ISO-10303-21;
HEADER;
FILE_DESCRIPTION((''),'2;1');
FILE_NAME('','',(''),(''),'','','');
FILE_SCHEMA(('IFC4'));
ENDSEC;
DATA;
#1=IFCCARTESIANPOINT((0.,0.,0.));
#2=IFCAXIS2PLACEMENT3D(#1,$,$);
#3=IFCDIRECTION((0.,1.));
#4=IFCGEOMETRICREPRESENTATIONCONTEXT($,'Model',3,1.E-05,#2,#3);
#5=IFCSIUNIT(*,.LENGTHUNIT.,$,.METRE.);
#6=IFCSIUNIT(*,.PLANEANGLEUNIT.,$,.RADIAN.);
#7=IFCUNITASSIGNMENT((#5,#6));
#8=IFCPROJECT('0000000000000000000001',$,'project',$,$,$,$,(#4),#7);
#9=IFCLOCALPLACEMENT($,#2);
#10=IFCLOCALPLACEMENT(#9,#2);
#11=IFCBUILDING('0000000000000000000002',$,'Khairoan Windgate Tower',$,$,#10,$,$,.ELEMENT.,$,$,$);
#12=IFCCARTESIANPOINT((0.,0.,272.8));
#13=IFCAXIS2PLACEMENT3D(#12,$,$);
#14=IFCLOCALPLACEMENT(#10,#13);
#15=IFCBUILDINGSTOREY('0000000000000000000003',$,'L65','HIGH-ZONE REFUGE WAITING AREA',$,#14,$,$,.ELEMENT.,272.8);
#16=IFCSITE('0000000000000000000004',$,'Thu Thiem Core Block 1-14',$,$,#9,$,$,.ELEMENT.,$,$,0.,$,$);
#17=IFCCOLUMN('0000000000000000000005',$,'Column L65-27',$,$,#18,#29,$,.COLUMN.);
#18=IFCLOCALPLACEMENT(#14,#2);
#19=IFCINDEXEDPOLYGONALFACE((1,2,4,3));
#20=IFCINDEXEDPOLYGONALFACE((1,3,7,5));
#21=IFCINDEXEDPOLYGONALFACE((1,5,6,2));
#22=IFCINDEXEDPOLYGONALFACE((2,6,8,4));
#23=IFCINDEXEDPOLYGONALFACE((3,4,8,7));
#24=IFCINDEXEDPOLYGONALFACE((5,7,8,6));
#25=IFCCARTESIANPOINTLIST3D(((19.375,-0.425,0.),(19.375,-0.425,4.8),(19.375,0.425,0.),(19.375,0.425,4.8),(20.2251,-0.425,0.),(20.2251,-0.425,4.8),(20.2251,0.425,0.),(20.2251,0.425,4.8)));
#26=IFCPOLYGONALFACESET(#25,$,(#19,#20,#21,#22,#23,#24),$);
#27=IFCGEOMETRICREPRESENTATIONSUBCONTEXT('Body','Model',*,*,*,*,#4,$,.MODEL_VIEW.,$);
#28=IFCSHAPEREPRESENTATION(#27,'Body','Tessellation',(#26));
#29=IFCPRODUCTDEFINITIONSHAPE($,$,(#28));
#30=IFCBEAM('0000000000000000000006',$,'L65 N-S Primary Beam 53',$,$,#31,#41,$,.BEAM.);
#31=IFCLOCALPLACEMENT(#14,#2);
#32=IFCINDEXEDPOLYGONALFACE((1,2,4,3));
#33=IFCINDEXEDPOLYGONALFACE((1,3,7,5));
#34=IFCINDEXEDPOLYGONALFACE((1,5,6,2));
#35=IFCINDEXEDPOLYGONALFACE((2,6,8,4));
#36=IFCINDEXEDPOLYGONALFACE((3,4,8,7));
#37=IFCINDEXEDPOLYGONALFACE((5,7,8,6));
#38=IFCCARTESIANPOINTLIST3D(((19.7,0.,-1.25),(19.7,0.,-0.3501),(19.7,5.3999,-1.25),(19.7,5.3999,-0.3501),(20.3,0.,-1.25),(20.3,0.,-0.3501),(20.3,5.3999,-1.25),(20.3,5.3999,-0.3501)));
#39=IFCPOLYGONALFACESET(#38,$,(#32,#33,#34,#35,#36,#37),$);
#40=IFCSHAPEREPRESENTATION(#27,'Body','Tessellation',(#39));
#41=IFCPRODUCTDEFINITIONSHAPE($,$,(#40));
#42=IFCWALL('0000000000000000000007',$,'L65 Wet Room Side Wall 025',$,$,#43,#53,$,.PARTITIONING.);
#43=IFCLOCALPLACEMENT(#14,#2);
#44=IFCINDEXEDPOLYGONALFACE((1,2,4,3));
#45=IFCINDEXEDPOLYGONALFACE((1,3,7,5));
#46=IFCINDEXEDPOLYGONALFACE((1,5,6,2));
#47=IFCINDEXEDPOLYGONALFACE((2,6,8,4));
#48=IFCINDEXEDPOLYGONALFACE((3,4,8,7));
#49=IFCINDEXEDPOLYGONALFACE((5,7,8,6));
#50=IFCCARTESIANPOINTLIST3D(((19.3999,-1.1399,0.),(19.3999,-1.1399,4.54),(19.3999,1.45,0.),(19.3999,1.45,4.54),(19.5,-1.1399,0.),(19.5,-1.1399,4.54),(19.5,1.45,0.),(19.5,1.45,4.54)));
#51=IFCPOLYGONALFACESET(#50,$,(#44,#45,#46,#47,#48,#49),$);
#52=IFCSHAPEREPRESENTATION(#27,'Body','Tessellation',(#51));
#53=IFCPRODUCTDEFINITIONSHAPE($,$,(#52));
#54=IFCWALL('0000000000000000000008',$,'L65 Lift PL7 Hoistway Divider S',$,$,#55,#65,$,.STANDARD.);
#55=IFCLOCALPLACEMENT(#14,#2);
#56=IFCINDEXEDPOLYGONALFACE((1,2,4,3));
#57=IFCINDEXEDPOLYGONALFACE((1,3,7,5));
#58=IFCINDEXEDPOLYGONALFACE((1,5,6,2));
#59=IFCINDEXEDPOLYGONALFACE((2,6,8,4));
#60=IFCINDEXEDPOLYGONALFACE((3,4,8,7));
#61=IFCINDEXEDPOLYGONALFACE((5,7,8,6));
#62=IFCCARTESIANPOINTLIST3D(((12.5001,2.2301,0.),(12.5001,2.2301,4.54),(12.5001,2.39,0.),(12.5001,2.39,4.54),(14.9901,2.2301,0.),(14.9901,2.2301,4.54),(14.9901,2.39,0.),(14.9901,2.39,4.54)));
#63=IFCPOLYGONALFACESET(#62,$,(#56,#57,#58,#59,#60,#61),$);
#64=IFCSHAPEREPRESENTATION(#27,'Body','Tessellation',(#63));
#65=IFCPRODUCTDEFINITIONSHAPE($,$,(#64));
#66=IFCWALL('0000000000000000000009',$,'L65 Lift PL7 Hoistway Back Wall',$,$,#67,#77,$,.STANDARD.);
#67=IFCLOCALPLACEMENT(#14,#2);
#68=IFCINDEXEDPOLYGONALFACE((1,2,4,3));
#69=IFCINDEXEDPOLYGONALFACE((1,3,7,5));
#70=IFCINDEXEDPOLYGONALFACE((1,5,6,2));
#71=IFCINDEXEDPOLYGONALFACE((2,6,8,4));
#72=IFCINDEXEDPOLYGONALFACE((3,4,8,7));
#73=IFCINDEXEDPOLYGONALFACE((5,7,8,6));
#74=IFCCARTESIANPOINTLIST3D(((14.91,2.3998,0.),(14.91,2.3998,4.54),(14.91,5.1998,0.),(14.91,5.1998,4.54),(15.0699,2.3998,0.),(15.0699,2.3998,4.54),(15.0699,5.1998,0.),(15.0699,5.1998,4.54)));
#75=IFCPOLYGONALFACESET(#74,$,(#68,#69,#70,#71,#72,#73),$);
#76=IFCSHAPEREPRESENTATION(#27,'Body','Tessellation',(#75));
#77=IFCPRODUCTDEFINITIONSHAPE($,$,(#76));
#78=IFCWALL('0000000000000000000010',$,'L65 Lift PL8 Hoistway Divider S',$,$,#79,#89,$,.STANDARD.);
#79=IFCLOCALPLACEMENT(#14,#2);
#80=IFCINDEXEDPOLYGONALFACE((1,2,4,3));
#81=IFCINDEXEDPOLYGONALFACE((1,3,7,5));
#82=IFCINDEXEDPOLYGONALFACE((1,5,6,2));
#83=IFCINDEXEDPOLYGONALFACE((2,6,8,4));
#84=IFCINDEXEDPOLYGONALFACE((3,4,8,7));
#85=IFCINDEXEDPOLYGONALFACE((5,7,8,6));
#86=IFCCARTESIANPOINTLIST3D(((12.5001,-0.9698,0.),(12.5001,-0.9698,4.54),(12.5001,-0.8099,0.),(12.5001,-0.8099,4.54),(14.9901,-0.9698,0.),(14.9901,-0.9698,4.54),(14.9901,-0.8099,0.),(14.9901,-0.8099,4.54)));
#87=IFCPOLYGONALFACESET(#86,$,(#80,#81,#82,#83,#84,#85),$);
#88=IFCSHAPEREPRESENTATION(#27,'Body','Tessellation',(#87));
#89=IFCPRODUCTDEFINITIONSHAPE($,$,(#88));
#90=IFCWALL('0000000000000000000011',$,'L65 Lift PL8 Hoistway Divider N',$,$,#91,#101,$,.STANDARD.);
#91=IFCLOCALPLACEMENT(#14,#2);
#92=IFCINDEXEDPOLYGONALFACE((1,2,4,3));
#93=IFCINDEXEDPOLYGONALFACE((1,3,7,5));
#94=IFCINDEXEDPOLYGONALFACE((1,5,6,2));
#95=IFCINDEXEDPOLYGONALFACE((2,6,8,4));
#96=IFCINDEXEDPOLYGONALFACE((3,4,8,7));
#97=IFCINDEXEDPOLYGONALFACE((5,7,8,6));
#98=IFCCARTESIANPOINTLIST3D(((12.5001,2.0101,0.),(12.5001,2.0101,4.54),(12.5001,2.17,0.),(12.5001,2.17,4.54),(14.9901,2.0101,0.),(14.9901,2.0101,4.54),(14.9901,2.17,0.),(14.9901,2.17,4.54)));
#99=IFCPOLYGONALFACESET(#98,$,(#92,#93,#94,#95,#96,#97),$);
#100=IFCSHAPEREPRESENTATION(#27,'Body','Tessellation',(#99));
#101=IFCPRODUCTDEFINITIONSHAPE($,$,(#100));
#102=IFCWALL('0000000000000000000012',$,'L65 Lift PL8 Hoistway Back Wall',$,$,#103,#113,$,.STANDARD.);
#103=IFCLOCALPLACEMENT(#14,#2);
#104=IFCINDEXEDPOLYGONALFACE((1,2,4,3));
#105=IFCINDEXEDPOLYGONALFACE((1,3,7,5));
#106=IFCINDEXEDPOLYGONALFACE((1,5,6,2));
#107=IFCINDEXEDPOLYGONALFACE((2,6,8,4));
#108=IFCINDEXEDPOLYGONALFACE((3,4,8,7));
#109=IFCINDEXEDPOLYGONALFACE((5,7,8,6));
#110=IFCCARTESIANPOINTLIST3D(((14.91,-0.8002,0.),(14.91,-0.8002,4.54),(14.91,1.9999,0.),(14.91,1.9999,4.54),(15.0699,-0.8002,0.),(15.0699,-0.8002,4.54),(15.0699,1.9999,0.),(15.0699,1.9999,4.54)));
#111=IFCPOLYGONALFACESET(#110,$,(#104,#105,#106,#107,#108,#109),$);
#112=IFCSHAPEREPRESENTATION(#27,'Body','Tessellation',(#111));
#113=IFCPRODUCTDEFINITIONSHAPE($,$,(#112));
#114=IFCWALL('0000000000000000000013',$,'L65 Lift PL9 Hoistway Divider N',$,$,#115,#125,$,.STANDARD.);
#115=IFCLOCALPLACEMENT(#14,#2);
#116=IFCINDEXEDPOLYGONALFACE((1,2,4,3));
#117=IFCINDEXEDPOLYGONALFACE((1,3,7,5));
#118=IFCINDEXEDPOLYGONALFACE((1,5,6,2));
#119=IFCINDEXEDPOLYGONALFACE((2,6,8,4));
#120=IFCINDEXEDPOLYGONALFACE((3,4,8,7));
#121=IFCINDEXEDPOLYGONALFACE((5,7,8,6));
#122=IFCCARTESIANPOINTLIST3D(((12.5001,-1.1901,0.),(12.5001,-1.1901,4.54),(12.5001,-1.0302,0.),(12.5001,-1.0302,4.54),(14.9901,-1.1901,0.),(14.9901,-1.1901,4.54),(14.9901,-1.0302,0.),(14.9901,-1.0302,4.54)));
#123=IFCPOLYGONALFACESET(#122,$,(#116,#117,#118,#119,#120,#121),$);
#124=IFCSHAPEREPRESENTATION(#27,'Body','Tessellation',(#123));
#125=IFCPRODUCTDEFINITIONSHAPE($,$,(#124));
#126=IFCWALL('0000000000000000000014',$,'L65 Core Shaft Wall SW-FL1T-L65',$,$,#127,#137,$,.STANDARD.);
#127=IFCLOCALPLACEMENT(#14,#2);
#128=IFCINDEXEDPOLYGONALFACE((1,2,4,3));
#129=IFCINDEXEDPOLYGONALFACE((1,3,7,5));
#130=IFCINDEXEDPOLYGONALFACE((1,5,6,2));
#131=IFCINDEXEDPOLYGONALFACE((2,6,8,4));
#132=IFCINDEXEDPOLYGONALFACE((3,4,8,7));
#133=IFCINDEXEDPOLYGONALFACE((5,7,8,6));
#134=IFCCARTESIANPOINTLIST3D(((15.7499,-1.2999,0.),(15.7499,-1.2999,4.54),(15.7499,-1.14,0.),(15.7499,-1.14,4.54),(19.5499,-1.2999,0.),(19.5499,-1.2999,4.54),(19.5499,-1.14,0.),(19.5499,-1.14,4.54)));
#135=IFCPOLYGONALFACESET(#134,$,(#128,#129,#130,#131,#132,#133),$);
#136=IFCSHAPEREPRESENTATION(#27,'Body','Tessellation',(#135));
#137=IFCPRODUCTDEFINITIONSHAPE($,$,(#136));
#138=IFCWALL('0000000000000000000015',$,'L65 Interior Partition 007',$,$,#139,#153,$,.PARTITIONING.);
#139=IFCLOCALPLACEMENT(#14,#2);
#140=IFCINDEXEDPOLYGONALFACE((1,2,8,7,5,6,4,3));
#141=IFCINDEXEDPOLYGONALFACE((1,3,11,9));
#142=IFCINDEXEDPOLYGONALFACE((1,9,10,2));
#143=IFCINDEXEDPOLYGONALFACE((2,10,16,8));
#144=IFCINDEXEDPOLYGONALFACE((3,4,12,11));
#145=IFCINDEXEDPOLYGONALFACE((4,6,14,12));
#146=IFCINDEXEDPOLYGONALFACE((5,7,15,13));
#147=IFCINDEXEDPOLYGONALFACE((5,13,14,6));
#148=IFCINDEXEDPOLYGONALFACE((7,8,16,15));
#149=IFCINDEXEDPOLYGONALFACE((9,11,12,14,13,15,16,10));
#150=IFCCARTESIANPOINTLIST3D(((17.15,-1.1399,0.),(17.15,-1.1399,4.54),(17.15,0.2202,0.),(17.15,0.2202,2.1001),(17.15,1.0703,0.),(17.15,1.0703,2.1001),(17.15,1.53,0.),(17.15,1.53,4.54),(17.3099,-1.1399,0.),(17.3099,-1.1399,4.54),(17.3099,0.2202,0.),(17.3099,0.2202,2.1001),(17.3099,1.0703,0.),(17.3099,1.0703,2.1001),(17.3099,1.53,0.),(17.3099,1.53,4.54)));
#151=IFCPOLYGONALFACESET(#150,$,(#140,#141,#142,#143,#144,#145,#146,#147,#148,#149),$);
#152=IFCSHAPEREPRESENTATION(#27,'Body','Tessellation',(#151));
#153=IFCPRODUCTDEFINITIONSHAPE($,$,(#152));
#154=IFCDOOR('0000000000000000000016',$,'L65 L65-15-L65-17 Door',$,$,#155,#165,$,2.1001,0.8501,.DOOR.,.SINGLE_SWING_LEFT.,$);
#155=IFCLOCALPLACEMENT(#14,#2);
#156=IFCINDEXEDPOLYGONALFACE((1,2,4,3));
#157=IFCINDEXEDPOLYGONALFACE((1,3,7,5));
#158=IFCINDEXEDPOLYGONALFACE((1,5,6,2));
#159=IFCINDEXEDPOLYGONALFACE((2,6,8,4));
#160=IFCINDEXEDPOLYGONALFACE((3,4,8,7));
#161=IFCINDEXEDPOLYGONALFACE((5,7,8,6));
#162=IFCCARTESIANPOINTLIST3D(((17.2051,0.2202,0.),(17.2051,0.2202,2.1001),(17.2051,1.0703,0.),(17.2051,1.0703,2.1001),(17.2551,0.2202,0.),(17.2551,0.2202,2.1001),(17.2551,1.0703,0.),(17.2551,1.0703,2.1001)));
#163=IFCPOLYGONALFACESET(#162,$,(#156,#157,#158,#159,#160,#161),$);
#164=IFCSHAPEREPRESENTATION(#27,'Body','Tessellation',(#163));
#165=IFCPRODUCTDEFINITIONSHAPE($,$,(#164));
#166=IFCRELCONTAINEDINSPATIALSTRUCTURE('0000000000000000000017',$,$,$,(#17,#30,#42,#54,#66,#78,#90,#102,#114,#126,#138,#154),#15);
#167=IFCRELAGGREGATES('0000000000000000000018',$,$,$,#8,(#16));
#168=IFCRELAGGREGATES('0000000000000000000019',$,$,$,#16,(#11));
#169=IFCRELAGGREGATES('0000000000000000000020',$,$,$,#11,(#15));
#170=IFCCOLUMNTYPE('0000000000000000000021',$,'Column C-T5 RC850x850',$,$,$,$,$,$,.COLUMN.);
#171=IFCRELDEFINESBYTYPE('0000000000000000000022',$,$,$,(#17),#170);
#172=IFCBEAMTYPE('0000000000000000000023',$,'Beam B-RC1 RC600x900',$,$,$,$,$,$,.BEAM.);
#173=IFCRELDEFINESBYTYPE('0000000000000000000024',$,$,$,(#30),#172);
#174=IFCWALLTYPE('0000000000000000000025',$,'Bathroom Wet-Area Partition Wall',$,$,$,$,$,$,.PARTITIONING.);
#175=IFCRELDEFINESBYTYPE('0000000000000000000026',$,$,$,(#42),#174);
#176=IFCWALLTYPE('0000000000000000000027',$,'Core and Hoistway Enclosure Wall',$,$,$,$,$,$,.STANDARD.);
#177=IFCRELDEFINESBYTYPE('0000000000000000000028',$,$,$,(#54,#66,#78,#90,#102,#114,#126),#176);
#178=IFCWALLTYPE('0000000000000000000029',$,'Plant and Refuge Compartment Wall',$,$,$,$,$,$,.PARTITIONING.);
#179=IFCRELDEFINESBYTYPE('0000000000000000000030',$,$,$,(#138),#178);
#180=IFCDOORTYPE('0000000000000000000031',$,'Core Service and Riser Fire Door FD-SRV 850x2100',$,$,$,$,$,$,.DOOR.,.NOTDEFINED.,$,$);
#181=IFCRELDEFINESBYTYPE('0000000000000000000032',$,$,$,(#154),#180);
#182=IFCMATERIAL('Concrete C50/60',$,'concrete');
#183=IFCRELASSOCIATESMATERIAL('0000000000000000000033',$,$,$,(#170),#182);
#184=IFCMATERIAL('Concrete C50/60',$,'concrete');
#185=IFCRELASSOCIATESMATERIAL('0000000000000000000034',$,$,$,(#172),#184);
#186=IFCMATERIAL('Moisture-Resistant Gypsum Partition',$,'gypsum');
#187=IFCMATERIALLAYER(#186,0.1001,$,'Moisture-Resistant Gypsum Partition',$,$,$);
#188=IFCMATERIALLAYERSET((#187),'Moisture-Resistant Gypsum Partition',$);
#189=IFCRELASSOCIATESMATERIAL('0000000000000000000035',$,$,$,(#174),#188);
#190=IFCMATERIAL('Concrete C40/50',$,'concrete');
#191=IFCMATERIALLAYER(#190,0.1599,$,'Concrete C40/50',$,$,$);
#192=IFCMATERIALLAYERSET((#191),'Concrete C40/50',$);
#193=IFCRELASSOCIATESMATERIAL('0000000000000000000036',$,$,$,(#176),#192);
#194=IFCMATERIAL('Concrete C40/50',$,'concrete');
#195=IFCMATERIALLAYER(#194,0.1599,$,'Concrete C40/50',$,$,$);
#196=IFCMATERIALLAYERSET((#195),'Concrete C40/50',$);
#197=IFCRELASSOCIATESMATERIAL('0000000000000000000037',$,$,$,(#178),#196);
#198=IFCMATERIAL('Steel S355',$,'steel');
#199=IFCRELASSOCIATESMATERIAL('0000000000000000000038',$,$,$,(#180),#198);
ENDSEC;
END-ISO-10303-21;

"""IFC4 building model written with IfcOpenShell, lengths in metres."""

from ifc_helpers import new_model, si_unit, direction, frame, frame_2d, origin, origin_2d, place, context, subcontext, project, spatial, rectangle, extrude, material, layer, layer_set, material_profile, profile_set, type_object, element, fill, save


model = new_model("IFC4")

# Units and contexts
model_context = context("Model", 3, precision=1e-05, world=origin(), true_north=direction((0.0, 1.0)))
body_context = subcontext(model_context, "Body", "Model", "MODEL_VIEW")
ifc_project = project(units=[si_unit("LENGTHUNIT", "METRE"), si_unit("PLANEANGLEUNIT", "RADIAN")], contexts=[model_context])

# Site, building, storey
site_placement = place(None, origin())
site = spatial("IfcSite", under=ifc_project, at=site_placement, Name="Thu Thiem Core Block 1-14", CompositionType="ELEMENT", RefElevation=0.0)
building_placement = place(site_placement, origin())
building = spatial("IfcBuilding", under=site, at=building_placement, Name="Khairoan Windgate Tower", CompositionType="ELEMENT")
storey_placement = place(building_placement, frame((0.0, 0.0, 272.8)))
storey = spatial("IfcBuildingStorey", under=building, at=storey_placement, Name="L65", Description="HIGH-ZONE REFUGE WAITING AREA", CompositionType="ELEMENT", Elevation=272.8)

# Column
ifc_material_1 = material(Name="Concrete C50/60", Category="concrete")
ifc_material_profile_1 = material_profile(ifc_material_1, rectangle(XDim=0.8501, YDim=0.8501, at=origin_2d()))
ifc_profile_set_1 = profile_set([ifc_material_profile_1], Name="Concrete C50/60")
column_type = type_object("IfcColumnType", Name="Column C-T5 RC850x850", PredefinedType="COLUMN", material=ifc_profile_set_1)
column_placement = place(storey_placement, frame((19.8, 0.0, 0.0), z_axis=(0.0, 0.0, 1.0), x_axis=(1.0, 0.0, 0.0)))
element("IfcColumn", 1, at=column_placement, inside=storey, type_object=column_type, Name="Column L65-27", PredefinedType="COLUMN", context=body_context, shape_type="SweptSolid", body=[
    extrude(rectangle(XDim=0.8501, YDim=0.8501, at=origin_2d()), origin(), (0.0, 0.0, 1.0), 4.8),
])

# Beam
ifc_material_2 = material(Name="Concrete C50/60", Category="concrete")
ifc_material_profile_2 = material_profile(ifc_material_2, rectangle(XDim=0.6001, YDim=0.8999, at=origin_2d()))
ifc_profile_set_2 = profile_set([ifc_material_profile_2], Name="Concrete C50/60")
beam_type = type_object("IfcBeamType", Name="Beam B-RC1 RC600x900", PredefinedType="BEAM", material=ifc_profile_set_2)
beam_placement = place(storey_placement, frame((20.0, 0.0, -0.8), z_axis=(0.0, 1.0, 0.0), x_axis=(-1.0, 0.0, 0.0)))
element("IfcBeam", 2, at=beam_placement, inside=storey, type_object=beam_type, Name="L65 N-S Primary Beam 53", PredefinedType="BEAM", context=body_context, shape_type="SweptSolid", body=[
    extrude(rectangle(XDim=0.6001, YDim=0.8999, at=origin_2d()), origin(), (0.0, 0.0, 1.0), 5.3999),
])

# Walls
ifc_material_3 = material(Name="Moisture-Resistant Gypsum Partition", Category="gypsum")
ifc_layer_1 = layer(ifc_material_3, 0.1001, Name="Moisture-Resistant Gypsum Partition")
ifc_layer_set_1 = layer_set([ifc_layer_1], Name="Moisture-Resistant Gypsum Partition")
wall_type_1 = type_object("IfcWallType", Name="Bathroom Wet-Area Partition Wall", PredefinedType="PARTITIONING", material=ifc_layer_set_1)
wall_1_placement = place(storey_placement, frame((19.45, 1.45, 0.0), z_axis=(0.0, 0.0, 1.0), x_axis=(0.0, -1.0, 0.0)))
element("IfcWall", 3, at=wall_1_placement, inside=storey, type_object=wall_type_1, Name="L65 Wet Room Side Wall 025", PredefinedType="PARTITIONING", context=body_context, shape_type="SweptSolid", body=[
    extrude(rectangle(XDim=2.5898, YDim=0.1001, at=frame_2d((1.2949, 0.0))), origin(), (0.0, 0.0, 1.0), 4.54),
])
ifc_material_4 = material(Name="Concrete C40/50", Category="concrete")
ifc_layer_2 = layer(ifc_material_4, 0.1599, Name="Concrete C40/50")
ifc_layer_set_2 = layer_set([ifc_layer_2], Name="Concrete C40/50")
wall_type_2 = type_object("IfcWallType", Name="Core and Hoistway Enclosure Wall", PredefinedType="STANDARD", material=ifc_layer_set_2)
wall_2_placement = place(storey_placement, frame((12.5, 2.3101, 0.0), z_axis=(0.0, 0.0, 1.0), x_axis=(1.0, 0.0, 0.0)))
element("IfcWall", 4, at=wall_2_placement, inside=storey, type_object=wall_type_2, Name="L65 Lift PL7 Hoistway Divider S", PredefinedType="STANDARD", context=body_context, shape_type="SweptSolid", body=[
    extrude(rectangle(XDim=2.49, YDim=0.1599, at=frame_2d((1.2451, 0.0))), origin(), (0.0, 0.0, 1.0), 4.54),
])
wall_3_placement = place(storey_placement, frame((14.99, 2.3999, 0.0), z_axis=(0.0, 0.0, 1.0), x_axis=(0.0, 1.0, 0.0)))
element("IfcWall", 5, at=wall_3_placement, inside=storey, type_object=wall_type_2, Name="L65 Lift PL7 Hoistway Back Wall", PredefinedType="STANDARD", context=body_context, shape_type="SweptSolid", body=[
    extrude(rectangle(XDim=2.8, YDim=0.1599, at=frame_2d((1.3999, 0.0))), origin(), (0.0, 0.0, 1.0), 4.54),
])
for number, where, z_axis, x_axis, name in (
    (6, (12.5, -0.8899, 0.0), (0.0, 0.0, 1.0), (1.0, 0.0, 0.0), "L65 Lift PL8 Hoistway Divider S"),
    (7, (12.5, 2.0901, 0.0), (0.0, 0.0, 1.0), (1.0, 0.0, 0.0), "L65 Lift PL8 Hoistway Divider N"),
):
    element("IfcWall", number, at=place(storey_placement, frame(where, z_axis=z_axis, x_axis=x_axis)), inside=storey, type_object=wall_type_2, Name=name, PredefinedType="STANDARD", context=body_context, shape_type="SweptSolid", body=[
        extrude(rectangle(XDim=2.49, YDim=0.1599, at=frame_2d((1.2451, 0.0))), origin(), (0.0, 0.0, 1.0), 4.54),
    ])
wall_4_placement = place(storey_placement, frame((14.99, -0.8, 0.0), z_axis=(0.0, 0.0, 1.0), x_axis=(0.0, 1.0, 0.0)))
element("IfcWall", 8, at=wall_4_placement, inside=storey, type_object=wall_type_2, Name="L65 Lift PL8 Hoistway Back Wall", PredefinedType="STANDARD", context=body_context, shape_type="SweptSolid", body=[
    extrude(rectangle(XDim=2.8, YDim=0.1599, at=frame_2d((1.3999, 0.0))), origin(), (0.0, 0.0, 1.0), 4.54),
])
wall_5_placement = place(storey_placement, frame((12.5, -1.1101, 0.0), z_axis=(0.0, 0.0, 1.0), x_axis=(1.0, 0.0, 0.0)))
element("IfcWall", 9, at=wall_5_placement, inside=storey, type_object=wall_type_2, Name="L65 Lift PL9 Hoistway Divider N", PredefinedType="STANDARD", context=body_context, shape_type="SweptSolid", body=[
    extrude(rectangle(XDim=2.49, YDim=0.1599, at=frame_2d((1.2451, 0.0))), origin(), (0.0, 0.0, 1.0), 4.54),
])
wall_6_placement = place(storey_placement, frame((15.75, -1.22, 0.0), z_axis=(0.0, 0.0, 1.0), x_axis=(1.0, 0.0, 0.0)))
element("IfcWall", 10, at=wall_6_placement, inside=storey, type_object=wall_type_2, Name="L65 Core Shaft Wall SW-FL1T-L65", PredefinedType="STANDARD", context=body_context, shape_type="SweptSolid", body=[
    extrude(rectangle(XDim=3.8, YDim=0.1599, at=frame_2d((1.8999, 0.0))), origin(), (0.0, 0.0, 1.0), 4.54),
])

# Wall, opening, door
ifc_material_5 = material(Name="Concrete C40/50", Category="concrete")
ifc_layer_3 = layer(ifc_material_5, 0.1599, Name="Concrete C40/50")
ifc_layer_set_3 = layer_set([ifc_layer_3], Name="Concrete C40/50")
wall_type_3 = type_object("IfcWallType", Name="Plant and Refuge Compartment Wall", PredefinedType="PARTITIONING", material=ifc_layer_set_3)
wall_7_placement = place(storey_placement, frame((17.23, -1.1399, 0.0), z_axis=(0.0, 0.0, 1.0), x_axis=(0.0, 1.0, 0.0)))
wall_7 = element("IfcWall", 11, at=wall_7_placement, inside=storey, type_object=wall_type_3, Name="L65 Interior Partition 007", PredefinedType="PARTITIONING", context=body_context, shape_type="SweptSolid", body=[
    extrude(rectangle(XDim=2.6699, YDim=0.1599, at=frame_2d((1.335, 0.0))), origin(), (0.0, 0.0, 1.0), 4.54),
])
opening_1_placement = place(wall_7_placement, frame((1.3601, 0.0, 0.0)))
opening_1 = element("IfcOpeningElement", 12, at=opening_1_placement, cuts=wall_7, PredefinedType="OPENING", context=body_context, shape_type="SweptSolid", body=[
    extrude(rectangle(XDim=0.8501, YDim=2.1001, at=frame_2d((0.425, 1.05))), frame((0.0, 0.0898, 0.0), z_axis=(0.0, -1.0, 0.0), x_axis=(1.0, 0.0, 0.0)), (0.0, 0.0, 1.0), 0.1799),
])
ifc_material_6 = material(Name="Steel S355", Category="steel")
door_type = type_object("IfcDoorType", Name="Core Service and Riser Fire Door FD-SRV 850x2100", OperationType="NOTDEFINED", PredefinedType="DOOR", material=ifc_material_6)
door_1_placement = place(opening_1_placement, origin())
door_1 = element("IfcDoor", 13, at=door_1_placement, inside=storey, type_object=door_type, Name="L65 L65-15-L65-17 Door", OperationType="SINGLE_SWING_LEFT", OverallHeight=2.1001, OverallWidth=0.8501, PredefinedType="DOOR", context=body_context, shape_type="SweptSolid", body=[
    extrude(rectangle(XDim=0.8501, YDim=2.1001, at=frame_2d((0.425, 1.05))), frame((0.0, 0.0249, 0.0), z_axis=(0.0, -1.0, 0.0), x_axis=(1.0, 0.0, 0.0)), (0.0, 0.0, 1.0), 0.05),
])
fill(opening_1, door_1)

save(model, "model.ifc")
